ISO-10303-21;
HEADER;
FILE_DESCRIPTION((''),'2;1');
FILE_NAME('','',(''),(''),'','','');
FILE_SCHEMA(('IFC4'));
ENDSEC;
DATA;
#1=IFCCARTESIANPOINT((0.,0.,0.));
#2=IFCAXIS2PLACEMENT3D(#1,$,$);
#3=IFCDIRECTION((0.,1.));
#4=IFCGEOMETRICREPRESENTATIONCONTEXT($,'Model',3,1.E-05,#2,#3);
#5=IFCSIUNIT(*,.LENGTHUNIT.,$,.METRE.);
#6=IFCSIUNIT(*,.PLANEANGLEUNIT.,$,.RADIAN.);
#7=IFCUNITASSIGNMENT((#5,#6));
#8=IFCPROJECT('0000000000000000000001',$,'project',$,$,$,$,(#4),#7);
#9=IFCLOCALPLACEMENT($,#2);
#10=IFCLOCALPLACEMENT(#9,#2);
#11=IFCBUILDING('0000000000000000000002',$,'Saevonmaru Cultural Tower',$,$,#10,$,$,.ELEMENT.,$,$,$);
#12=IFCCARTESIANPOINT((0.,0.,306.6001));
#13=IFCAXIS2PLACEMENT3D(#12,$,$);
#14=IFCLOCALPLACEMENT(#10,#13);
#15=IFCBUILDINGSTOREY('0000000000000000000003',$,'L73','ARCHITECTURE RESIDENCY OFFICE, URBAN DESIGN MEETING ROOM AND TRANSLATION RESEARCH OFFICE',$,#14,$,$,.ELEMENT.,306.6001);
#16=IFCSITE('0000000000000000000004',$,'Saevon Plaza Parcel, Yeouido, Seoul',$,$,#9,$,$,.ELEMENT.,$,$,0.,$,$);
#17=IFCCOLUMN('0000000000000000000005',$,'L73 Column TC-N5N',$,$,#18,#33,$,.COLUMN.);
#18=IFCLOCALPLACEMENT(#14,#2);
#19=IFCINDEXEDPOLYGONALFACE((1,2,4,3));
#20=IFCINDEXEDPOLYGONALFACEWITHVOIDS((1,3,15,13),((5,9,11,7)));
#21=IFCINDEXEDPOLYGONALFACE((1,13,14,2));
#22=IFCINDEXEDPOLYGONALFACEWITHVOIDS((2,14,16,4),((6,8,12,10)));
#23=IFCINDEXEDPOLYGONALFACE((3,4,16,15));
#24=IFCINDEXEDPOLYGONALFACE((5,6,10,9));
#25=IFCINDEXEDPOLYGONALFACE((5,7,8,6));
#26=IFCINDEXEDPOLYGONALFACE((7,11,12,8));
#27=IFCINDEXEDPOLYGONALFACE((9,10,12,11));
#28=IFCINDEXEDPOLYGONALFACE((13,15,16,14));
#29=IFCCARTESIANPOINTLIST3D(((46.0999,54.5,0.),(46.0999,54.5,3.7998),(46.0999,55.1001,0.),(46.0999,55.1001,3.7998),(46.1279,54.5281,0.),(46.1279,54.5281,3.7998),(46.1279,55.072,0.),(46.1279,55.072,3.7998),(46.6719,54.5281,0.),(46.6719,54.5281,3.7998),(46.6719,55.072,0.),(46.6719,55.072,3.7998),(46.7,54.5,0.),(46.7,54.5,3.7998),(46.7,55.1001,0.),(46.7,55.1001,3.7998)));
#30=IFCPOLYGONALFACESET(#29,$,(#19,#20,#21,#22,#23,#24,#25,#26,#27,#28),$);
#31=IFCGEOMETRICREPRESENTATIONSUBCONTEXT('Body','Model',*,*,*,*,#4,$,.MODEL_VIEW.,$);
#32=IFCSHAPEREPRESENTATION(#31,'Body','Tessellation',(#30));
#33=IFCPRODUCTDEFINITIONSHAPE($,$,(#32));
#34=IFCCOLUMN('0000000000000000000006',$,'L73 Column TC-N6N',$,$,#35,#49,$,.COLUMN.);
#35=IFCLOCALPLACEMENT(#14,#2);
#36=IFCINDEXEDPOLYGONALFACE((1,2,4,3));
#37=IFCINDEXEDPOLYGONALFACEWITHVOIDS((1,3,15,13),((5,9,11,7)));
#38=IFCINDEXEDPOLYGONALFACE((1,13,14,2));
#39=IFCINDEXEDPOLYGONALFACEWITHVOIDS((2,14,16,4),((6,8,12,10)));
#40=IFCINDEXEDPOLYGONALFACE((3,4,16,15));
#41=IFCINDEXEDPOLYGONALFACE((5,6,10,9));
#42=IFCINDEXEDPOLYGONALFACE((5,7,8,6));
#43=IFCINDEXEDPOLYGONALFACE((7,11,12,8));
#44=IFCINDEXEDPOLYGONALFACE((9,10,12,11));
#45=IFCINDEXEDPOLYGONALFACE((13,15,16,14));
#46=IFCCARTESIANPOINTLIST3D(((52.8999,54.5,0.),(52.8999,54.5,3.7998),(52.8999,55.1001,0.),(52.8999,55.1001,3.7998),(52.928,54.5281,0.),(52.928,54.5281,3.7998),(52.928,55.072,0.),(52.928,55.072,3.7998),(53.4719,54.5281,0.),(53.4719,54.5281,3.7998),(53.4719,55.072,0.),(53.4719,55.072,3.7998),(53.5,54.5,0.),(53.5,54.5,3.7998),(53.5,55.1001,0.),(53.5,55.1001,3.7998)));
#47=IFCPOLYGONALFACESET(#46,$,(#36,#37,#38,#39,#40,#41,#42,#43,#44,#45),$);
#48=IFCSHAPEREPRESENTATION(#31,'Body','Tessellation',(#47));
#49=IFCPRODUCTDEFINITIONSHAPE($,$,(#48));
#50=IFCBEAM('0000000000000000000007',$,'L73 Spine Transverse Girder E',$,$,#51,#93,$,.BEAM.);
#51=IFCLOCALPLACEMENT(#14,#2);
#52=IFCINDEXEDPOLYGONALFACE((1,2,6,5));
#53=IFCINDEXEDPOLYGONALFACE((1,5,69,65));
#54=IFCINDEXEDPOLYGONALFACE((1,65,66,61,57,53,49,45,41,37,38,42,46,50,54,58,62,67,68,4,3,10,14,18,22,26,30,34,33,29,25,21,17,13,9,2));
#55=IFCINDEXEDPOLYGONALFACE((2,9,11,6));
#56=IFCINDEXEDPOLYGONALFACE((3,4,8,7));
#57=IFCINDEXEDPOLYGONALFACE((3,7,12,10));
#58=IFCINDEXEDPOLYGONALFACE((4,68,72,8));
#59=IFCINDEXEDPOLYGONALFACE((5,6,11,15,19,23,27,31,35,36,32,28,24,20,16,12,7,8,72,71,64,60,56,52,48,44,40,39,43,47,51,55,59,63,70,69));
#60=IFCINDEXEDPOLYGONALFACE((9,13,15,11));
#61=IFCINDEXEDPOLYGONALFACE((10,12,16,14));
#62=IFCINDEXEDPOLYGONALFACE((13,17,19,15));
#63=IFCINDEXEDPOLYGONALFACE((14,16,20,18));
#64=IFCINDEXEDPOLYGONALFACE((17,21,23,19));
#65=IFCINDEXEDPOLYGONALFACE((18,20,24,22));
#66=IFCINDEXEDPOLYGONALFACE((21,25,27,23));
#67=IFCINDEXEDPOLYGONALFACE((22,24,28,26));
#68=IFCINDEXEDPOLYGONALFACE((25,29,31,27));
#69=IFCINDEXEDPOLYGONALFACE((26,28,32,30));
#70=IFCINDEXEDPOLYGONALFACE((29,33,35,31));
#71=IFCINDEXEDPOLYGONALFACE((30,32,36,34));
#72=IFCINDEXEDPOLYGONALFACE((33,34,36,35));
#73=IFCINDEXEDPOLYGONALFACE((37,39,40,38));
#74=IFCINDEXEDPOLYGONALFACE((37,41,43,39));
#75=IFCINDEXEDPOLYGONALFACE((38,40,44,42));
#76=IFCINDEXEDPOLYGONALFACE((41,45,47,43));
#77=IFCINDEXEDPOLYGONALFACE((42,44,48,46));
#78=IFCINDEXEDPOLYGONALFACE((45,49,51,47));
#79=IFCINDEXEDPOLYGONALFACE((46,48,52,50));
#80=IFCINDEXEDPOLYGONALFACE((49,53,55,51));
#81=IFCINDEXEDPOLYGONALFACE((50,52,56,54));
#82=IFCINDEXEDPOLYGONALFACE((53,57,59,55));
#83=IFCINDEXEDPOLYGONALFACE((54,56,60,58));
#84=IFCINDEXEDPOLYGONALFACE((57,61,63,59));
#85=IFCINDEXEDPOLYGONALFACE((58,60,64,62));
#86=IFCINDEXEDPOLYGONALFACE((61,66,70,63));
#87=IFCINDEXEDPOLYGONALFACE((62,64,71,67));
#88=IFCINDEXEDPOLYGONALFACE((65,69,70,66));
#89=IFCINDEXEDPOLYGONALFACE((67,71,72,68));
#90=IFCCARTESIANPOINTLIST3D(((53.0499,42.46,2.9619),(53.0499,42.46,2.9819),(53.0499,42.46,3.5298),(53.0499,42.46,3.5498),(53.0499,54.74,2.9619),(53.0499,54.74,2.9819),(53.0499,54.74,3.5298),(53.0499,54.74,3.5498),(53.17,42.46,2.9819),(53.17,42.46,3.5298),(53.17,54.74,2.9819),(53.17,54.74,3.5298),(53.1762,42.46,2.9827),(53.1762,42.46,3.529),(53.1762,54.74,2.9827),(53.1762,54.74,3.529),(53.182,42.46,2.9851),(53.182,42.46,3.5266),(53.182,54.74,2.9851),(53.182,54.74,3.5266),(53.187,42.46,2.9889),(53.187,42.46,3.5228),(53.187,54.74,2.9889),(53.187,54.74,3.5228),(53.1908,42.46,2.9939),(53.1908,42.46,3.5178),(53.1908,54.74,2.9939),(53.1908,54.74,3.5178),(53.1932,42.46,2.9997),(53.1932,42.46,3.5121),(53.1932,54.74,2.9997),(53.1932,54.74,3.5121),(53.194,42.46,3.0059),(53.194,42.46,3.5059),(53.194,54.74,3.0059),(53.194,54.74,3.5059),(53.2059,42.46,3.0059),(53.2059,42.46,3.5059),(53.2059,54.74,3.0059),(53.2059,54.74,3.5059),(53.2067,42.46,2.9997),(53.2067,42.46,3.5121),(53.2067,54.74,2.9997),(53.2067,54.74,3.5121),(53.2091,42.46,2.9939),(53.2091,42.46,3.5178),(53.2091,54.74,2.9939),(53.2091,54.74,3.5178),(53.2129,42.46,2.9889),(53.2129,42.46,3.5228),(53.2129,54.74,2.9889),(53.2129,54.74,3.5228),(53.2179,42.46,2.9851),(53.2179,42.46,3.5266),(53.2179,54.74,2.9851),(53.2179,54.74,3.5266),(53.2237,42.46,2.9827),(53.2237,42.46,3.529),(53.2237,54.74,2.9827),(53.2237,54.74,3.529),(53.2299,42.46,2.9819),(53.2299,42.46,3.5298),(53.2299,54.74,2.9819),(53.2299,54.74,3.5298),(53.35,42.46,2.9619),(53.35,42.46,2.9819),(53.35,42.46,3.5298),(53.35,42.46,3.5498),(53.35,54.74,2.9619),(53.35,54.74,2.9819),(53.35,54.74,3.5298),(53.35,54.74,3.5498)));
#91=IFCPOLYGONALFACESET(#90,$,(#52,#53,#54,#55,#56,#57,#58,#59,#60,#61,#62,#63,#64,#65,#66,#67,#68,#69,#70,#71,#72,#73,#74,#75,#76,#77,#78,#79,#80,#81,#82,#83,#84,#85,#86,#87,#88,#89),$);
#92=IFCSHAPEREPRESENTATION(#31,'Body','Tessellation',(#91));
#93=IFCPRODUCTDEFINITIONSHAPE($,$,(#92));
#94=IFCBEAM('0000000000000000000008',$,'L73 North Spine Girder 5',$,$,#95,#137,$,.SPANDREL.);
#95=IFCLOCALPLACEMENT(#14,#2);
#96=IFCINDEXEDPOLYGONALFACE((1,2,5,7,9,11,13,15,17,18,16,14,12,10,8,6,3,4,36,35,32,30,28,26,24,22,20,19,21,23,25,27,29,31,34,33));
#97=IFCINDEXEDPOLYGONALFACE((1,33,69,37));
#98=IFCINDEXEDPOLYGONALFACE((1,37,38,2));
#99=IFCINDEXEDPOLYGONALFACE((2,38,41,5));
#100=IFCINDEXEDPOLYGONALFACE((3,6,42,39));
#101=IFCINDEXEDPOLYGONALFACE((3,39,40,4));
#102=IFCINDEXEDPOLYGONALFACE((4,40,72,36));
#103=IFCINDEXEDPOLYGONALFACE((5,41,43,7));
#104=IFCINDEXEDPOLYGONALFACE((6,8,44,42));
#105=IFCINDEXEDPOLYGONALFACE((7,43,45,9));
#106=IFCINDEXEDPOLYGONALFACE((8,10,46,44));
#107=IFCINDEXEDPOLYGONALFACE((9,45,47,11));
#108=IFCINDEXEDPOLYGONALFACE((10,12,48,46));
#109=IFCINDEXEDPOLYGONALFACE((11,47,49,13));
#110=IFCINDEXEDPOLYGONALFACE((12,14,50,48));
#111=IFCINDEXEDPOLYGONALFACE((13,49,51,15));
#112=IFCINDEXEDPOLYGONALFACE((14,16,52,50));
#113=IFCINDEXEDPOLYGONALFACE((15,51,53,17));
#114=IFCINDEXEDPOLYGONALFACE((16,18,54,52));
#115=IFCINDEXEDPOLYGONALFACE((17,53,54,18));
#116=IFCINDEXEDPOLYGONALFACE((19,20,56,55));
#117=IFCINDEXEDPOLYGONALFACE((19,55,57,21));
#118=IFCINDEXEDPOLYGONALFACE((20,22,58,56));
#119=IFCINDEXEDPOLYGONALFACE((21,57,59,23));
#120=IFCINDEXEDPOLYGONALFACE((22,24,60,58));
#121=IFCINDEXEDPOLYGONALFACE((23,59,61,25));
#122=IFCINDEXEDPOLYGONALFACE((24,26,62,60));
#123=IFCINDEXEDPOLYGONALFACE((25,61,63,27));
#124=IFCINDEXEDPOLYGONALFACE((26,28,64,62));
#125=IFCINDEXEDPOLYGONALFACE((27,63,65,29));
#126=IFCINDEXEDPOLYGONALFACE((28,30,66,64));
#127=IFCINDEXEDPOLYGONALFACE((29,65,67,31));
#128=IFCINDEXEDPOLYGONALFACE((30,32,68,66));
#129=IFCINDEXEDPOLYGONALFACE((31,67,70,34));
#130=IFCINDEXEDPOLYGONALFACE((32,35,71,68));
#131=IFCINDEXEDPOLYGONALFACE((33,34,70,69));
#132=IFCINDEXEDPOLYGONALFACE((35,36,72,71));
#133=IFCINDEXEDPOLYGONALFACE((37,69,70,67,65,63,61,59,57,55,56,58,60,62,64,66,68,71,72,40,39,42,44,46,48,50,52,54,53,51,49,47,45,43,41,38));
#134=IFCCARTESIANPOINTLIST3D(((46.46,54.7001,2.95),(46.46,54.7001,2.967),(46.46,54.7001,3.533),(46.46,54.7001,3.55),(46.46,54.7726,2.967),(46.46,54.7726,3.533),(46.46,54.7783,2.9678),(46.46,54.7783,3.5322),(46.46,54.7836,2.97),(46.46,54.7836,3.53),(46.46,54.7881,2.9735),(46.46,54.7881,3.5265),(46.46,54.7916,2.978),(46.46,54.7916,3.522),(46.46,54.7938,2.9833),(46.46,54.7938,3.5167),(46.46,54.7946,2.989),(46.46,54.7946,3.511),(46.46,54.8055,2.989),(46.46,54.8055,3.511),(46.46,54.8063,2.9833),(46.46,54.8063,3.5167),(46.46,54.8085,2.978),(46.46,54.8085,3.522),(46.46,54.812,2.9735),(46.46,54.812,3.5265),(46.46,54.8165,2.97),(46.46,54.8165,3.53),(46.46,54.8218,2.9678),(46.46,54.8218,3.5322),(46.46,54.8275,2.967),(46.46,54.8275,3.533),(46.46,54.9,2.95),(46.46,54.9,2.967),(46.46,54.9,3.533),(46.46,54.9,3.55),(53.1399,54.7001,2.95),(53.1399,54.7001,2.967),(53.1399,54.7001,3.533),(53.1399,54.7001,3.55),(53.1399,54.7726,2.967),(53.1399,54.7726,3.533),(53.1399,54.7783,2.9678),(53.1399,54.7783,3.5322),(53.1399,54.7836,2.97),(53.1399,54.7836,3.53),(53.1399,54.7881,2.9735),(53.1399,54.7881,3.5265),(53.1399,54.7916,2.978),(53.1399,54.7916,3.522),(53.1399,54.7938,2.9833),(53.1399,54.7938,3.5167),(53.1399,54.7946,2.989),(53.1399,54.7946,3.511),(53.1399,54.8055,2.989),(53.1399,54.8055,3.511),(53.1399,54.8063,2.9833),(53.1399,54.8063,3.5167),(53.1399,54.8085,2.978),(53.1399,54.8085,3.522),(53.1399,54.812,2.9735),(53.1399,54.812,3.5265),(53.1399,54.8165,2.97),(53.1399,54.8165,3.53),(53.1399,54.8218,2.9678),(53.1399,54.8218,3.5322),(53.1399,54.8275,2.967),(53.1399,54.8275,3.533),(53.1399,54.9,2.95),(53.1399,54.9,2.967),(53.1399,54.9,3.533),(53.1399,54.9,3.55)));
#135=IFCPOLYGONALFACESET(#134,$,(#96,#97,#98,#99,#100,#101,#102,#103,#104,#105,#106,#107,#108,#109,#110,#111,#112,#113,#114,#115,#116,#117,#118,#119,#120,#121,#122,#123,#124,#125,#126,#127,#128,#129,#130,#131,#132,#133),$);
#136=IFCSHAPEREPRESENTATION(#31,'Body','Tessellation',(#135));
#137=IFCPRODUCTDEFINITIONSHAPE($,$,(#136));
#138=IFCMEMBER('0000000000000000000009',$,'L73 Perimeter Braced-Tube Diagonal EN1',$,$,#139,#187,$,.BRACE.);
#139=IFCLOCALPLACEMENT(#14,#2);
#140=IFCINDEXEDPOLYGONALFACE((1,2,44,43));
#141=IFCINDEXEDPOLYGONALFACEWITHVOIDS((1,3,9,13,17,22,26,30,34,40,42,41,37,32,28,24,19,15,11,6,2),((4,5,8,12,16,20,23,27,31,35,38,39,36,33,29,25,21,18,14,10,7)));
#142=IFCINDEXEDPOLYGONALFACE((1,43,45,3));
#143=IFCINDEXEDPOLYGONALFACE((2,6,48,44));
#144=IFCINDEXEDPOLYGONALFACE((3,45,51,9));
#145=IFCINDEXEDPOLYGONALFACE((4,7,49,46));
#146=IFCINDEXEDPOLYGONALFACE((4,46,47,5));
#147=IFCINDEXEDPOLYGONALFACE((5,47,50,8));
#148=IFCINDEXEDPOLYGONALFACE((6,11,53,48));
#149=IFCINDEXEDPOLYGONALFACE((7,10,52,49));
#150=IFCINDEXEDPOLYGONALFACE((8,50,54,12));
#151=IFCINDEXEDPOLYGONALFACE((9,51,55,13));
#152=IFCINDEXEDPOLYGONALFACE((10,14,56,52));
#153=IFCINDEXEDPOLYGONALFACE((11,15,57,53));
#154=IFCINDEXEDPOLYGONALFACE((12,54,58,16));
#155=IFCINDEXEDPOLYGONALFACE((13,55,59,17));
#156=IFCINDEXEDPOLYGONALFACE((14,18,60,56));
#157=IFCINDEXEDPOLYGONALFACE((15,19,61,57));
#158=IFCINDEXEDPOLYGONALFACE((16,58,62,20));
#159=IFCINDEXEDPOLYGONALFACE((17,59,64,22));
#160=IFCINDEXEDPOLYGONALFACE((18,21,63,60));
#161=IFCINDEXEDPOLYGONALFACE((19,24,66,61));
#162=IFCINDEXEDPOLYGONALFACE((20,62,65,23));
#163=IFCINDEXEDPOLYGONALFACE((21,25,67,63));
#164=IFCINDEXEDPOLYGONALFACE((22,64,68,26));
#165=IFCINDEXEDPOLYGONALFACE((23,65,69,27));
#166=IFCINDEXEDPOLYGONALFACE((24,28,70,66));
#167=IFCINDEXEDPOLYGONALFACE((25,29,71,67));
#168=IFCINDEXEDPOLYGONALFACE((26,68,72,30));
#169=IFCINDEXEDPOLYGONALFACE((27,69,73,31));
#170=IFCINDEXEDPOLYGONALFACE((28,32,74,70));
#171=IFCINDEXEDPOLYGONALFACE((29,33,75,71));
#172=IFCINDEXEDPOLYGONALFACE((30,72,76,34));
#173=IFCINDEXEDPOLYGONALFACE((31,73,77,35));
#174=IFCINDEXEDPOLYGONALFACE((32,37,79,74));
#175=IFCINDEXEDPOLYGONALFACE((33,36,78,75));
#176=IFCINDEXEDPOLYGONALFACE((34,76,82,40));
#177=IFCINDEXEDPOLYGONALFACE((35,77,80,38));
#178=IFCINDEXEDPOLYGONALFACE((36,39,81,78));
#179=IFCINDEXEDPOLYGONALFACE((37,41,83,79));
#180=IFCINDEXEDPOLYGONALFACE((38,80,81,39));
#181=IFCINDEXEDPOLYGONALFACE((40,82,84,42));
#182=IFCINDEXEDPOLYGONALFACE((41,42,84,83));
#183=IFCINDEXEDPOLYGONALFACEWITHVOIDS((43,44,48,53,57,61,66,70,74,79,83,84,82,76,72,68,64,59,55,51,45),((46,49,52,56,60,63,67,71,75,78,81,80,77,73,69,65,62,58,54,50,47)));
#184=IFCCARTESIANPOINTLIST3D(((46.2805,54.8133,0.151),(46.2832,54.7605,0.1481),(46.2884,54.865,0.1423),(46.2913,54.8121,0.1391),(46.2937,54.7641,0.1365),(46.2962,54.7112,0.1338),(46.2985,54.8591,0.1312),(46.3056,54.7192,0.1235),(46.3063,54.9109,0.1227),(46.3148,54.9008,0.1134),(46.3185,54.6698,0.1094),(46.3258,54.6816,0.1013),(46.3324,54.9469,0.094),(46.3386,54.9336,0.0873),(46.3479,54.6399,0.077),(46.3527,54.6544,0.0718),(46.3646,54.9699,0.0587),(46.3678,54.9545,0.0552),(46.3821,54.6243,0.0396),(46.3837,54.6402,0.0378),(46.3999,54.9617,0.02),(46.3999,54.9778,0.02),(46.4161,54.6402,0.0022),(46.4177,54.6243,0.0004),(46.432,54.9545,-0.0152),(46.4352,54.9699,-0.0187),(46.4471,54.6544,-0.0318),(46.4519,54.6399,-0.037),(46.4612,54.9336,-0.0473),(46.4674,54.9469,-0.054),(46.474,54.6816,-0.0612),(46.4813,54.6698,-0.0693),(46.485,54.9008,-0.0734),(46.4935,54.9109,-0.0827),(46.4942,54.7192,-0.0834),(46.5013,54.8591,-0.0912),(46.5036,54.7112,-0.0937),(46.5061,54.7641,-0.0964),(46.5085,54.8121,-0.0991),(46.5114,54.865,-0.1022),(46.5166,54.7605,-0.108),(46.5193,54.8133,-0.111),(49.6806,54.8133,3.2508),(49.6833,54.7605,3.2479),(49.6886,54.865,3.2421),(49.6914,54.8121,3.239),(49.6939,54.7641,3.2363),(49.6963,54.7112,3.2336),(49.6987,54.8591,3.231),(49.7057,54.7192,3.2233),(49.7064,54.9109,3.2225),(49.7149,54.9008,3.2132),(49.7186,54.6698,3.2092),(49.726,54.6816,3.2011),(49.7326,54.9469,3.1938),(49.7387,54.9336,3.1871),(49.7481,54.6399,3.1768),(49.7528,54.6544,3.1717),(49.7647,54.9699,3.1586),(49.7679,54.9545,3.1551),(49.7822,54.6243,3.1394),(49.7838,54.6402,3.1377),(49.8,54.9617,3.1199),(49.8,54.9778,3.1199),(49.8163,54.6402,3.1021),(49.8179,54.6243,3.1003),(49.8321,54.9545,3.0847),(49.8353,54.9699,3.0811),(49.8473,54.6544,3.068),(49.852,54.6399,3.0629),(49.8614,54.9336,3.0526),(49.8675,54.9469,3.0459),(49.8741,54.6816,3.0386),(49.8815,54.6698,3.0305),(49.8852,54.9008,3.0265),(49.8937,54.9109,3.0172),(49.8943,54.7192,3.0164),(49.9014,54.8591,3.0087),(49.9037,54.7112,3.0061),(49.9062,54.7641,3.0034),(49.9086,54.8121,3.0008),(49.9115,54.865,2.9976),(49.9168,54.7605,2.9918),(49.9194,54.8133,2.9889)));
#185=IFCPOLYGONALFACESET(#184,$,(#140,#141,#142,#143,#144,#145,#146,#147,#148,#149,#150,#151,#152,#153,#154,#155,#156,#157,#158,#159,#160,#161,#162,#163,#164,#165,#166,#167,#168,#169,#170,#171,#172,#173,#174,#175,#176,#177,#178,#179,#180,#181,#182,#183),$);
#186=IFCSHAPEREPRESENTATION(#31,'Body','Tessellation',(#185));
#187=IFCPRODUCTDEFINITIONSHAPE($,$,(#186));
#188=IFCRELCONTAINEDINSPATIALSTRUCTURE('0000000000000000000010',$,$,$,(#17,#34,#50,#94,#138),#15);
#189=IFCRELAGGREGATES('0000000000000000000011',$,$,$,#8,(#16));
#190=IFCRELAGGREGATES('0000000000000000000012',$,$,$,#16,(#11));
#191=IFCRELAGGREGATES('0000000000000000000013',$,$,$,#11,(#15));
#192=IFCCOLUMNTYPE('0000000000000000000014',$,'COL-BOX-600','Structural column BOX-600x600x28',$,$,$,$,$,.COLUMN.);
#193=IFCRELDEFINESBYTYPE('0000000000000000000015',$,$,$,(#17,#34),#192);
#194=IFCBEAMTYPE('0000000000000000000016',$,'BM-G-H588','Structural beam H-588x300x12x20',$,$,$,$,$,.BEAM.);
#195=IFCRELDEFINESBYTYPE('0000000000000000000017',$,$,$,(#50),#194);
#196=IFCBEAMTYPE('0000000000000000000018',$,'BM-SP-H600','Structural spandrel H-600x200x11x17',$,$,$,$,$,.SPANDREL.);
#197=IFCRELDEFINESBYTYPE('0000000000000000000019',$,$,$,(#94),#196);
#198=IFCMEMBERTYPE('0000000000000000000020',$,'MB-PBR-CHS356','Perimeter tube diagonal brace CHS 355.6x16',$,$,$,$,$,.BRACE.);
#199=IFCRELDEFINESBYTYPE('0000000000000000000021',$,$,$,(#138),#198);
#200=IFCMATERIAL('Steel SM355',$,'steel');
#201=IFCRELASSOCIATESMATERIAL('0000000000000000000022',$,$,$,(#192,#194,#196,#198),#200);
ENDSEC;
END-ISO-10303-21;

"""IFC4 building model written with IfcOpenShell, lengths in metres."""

from ifc_helpers import new_model, si_unit, direction, frame, origin, origin_2d, place, context, subcontext, project, spatial, hollow_rectangle, hollow_circle, i_section, extrude, material, material_profile, profile_set, type_object, element, save


model = new_model("IFC4")

# Units and contexts
model_context = context("Model", 3, precision=1e-05, world=origin(), true_north=direction((0.0, 1.0)))
body_context = subcontext(model_context, "Body", "Model", "MODEL_VIEW")
ifc_project = project(units=[si_unit("LENGTHUNIT", "METRE"), si_unit("PLANEANGLEUNIT", "RADIAN")], contexts=[model_context])

# Site, building, storey
site_placement = place(None, origin())
site = spatial("IfcSite", under=ifc_project, at=site_placement, Name="Saevon Plaza Parcel, Yeouido, Seoul", CompositionType="ELEMENT", RefElevation=0.0)
building_placement = place(site_placement, origin())
building = spatial("IfcBuilding", under=site, at=building_placement, Name="Saevonmaru Cultural Tower", CompositionType="ELEMENT")
storey_placement = place(building_placement, frame((0.0, 0.0, 306.6001)))
storey = spatial("IfcBuildingStorey", under=building, at=storey_placement, Name="L73", Description="ARCHITECTURE RESIDENCY OFFICE, URBAN DESIGN MEETING ROOM AND TRANSLATION RESEARCH OFFICE", CompositionType="ELEMENT", Elevation=306.6001)

# Columns
ifc_material_1 = material(Name="Steel SM355", Category="steel")
ifc_material_profile_1 = material_profile(ifc_material_1, hollow_rectangle(XDim=0.6001, YDim=0.6001, WallThickness=0.0281, at=origin_2d()), Name="BOX-600x600x28")
ifc_profile_set_1 = profile_set([ifc_material_profile_1], Name="Steel SM355")
column_type = type_object("IfcColumnType", Name="COL-BOX-600", Description="Structural column BOX-600x600x28", PredefinedType="COLUMN", material=ifc_profile_set_1)
for number, where, z_axis, x_axis, name in (
    (1, (46.3999, 54.8, 0.0), (0.0, 0.0, 1.0), (1.0, 0.0, 0.0), "L73 Column TC-N5N"),
    (2, (53.2, 54.8, 0.0), (0.0, 0.0, 1.0), (1.0, 0.0, 0.0), "L73 Column TC-N6N"),
):
    element("IfcColumn", number, at=place(storey_placement, frame(where, z_axis=z_axis, x_axis=x_axis)), inside=storey, type_object=column_type, Name=name, PredefinedType="COLUMN", context=body_context, shape_type="SweptSolid", body=[
        extrude(hollow_rectangle(XDim=0.6001, YDim=0.6001, WallThickness=0.0281, at=origin_2d()), origin(), (0.0, 0.0, 1.0), 3.7998),
    ])

# Beams
ifc_material_profile_2 = material_profile(ifc_material_1, i_section(OverallWidth=0.3, OverallDepth=0.5879, WebThickness=0.012, FlangeThickness=0.02, FilletRadius=0.0239, at=origin_2d()), Name="H-588x300x12x20")
ifc_profile_set_2 = profile_set([ifc_material_profile_2], Name="Steel SM355")
beam_type_1 = type_object("IfcBeamType", Name="BM-G-H588", Description="Structural beam H-588x300x12x20", PredefinedType="BEAM", material=ifc_profile_set_2)
beam_1_placement = place(storey_placement, frame((53.2, 54.74, 3.2559), z_axis=(0.0, -1.0, 0.0), x_axis=(1.0, 0.0, 0.0)))
element("IfcBeam", 3, at=beam_1_placement, inside=storey, type_object=beam_type_1, Name="L73 Spine Transverse Girder E", PredefinedType="BEAM", context=body_context, shape_type="SweptSolid", body=[
    extrude(i_section(OverallWidth=0.3, OverallDepth=0.5879, WebThickness=0.012, FlangeThickness=0.02, FilletRadius=0.0239, at=origin_2d()), origin(), (0.0, 0.0, 1.0), 12.28),
])
ifc_material_profile_3 = material_profile(ifc_material_1, i_section(OverallWidth=0.2, OverallDepth=0.6001, WebThickness=0.011, FlangeThickness=0.0171, FilletRadius=0.022, at=origin_2d()), Name="H-600x200x11x17")
ifc_profile_set_3 = profile_set([ifc_material_profile_3], Name="Steel SM355")
beam_type_2 = type_object("IfcBeamType", Name="BM-SP-H600", Description="Structural spandrel H-600x200x11x17", PredefinedType="SPANDREL", material=ifc_profile_set_3)
beam_2_placement = place(storey_placement, frame((46.46, 54.8, 3.25), z_axis=(1.0, 0.0, 0.0), x_axis=(0.0, 1.0, 0.0)))
element("IfcBeam", 4, at=beam_2_placement, inside=storey, type_object=beam_type_2, Name="L73 North Spine Girder 5", PredefinedType="SPANDREL", context=body_context, shape_type="SweptSolid", body=[
    extrude(i_section(OverallWidth=0.2, OverallDepth=0.6001, WebThickness=0.011, FlangeThickness=0.0171, FilletRadius=0.022, at=origin_2d()), origin(), (0.0, 0.0, 1.0), 6.6799),
])

# Member
ifc_material_profile_4 = material_profile(ifc_material_1, hollow_circle(Radius=0.1777, WallThickness=0.0161, at=origin_2d()), Name="CHS-355.6x16")
ifc_profile_set_4 = profile_set([ifc_material_profile_4], Name="Steel SM355")
member_type_1 = type_object("IfcMemberType", Name="MB-PBR-CHS356", Description="Perimeter tube diagonal brace CHS 355.6x16", PredefinedType="BRACE", material=ifc_profile_set_4)
member_1_placement = place(storey_placement, frame((46.3999, 54.8, 0.02), z_axis=(0.738986, 0.0, 0.673721), x_axis=(0.0, 1.0, 0.0)))
element("IfcMember", 5, at=member_1_placement, inside=storey, type_object=member_type_1, Name="L73 Perimeter Braced-Tube Diagonal EN1", PredefinedType="BRACE", context=body_context, shape_type="SweptSolid", body=[
    extrude(hollow_circle(Radius=0.1777, WallThickness=0.0161, at=origin_2d()), origin(), (0.0, 0.0, 1.0), 4.6011),
])

save(model, "model.ifc")
